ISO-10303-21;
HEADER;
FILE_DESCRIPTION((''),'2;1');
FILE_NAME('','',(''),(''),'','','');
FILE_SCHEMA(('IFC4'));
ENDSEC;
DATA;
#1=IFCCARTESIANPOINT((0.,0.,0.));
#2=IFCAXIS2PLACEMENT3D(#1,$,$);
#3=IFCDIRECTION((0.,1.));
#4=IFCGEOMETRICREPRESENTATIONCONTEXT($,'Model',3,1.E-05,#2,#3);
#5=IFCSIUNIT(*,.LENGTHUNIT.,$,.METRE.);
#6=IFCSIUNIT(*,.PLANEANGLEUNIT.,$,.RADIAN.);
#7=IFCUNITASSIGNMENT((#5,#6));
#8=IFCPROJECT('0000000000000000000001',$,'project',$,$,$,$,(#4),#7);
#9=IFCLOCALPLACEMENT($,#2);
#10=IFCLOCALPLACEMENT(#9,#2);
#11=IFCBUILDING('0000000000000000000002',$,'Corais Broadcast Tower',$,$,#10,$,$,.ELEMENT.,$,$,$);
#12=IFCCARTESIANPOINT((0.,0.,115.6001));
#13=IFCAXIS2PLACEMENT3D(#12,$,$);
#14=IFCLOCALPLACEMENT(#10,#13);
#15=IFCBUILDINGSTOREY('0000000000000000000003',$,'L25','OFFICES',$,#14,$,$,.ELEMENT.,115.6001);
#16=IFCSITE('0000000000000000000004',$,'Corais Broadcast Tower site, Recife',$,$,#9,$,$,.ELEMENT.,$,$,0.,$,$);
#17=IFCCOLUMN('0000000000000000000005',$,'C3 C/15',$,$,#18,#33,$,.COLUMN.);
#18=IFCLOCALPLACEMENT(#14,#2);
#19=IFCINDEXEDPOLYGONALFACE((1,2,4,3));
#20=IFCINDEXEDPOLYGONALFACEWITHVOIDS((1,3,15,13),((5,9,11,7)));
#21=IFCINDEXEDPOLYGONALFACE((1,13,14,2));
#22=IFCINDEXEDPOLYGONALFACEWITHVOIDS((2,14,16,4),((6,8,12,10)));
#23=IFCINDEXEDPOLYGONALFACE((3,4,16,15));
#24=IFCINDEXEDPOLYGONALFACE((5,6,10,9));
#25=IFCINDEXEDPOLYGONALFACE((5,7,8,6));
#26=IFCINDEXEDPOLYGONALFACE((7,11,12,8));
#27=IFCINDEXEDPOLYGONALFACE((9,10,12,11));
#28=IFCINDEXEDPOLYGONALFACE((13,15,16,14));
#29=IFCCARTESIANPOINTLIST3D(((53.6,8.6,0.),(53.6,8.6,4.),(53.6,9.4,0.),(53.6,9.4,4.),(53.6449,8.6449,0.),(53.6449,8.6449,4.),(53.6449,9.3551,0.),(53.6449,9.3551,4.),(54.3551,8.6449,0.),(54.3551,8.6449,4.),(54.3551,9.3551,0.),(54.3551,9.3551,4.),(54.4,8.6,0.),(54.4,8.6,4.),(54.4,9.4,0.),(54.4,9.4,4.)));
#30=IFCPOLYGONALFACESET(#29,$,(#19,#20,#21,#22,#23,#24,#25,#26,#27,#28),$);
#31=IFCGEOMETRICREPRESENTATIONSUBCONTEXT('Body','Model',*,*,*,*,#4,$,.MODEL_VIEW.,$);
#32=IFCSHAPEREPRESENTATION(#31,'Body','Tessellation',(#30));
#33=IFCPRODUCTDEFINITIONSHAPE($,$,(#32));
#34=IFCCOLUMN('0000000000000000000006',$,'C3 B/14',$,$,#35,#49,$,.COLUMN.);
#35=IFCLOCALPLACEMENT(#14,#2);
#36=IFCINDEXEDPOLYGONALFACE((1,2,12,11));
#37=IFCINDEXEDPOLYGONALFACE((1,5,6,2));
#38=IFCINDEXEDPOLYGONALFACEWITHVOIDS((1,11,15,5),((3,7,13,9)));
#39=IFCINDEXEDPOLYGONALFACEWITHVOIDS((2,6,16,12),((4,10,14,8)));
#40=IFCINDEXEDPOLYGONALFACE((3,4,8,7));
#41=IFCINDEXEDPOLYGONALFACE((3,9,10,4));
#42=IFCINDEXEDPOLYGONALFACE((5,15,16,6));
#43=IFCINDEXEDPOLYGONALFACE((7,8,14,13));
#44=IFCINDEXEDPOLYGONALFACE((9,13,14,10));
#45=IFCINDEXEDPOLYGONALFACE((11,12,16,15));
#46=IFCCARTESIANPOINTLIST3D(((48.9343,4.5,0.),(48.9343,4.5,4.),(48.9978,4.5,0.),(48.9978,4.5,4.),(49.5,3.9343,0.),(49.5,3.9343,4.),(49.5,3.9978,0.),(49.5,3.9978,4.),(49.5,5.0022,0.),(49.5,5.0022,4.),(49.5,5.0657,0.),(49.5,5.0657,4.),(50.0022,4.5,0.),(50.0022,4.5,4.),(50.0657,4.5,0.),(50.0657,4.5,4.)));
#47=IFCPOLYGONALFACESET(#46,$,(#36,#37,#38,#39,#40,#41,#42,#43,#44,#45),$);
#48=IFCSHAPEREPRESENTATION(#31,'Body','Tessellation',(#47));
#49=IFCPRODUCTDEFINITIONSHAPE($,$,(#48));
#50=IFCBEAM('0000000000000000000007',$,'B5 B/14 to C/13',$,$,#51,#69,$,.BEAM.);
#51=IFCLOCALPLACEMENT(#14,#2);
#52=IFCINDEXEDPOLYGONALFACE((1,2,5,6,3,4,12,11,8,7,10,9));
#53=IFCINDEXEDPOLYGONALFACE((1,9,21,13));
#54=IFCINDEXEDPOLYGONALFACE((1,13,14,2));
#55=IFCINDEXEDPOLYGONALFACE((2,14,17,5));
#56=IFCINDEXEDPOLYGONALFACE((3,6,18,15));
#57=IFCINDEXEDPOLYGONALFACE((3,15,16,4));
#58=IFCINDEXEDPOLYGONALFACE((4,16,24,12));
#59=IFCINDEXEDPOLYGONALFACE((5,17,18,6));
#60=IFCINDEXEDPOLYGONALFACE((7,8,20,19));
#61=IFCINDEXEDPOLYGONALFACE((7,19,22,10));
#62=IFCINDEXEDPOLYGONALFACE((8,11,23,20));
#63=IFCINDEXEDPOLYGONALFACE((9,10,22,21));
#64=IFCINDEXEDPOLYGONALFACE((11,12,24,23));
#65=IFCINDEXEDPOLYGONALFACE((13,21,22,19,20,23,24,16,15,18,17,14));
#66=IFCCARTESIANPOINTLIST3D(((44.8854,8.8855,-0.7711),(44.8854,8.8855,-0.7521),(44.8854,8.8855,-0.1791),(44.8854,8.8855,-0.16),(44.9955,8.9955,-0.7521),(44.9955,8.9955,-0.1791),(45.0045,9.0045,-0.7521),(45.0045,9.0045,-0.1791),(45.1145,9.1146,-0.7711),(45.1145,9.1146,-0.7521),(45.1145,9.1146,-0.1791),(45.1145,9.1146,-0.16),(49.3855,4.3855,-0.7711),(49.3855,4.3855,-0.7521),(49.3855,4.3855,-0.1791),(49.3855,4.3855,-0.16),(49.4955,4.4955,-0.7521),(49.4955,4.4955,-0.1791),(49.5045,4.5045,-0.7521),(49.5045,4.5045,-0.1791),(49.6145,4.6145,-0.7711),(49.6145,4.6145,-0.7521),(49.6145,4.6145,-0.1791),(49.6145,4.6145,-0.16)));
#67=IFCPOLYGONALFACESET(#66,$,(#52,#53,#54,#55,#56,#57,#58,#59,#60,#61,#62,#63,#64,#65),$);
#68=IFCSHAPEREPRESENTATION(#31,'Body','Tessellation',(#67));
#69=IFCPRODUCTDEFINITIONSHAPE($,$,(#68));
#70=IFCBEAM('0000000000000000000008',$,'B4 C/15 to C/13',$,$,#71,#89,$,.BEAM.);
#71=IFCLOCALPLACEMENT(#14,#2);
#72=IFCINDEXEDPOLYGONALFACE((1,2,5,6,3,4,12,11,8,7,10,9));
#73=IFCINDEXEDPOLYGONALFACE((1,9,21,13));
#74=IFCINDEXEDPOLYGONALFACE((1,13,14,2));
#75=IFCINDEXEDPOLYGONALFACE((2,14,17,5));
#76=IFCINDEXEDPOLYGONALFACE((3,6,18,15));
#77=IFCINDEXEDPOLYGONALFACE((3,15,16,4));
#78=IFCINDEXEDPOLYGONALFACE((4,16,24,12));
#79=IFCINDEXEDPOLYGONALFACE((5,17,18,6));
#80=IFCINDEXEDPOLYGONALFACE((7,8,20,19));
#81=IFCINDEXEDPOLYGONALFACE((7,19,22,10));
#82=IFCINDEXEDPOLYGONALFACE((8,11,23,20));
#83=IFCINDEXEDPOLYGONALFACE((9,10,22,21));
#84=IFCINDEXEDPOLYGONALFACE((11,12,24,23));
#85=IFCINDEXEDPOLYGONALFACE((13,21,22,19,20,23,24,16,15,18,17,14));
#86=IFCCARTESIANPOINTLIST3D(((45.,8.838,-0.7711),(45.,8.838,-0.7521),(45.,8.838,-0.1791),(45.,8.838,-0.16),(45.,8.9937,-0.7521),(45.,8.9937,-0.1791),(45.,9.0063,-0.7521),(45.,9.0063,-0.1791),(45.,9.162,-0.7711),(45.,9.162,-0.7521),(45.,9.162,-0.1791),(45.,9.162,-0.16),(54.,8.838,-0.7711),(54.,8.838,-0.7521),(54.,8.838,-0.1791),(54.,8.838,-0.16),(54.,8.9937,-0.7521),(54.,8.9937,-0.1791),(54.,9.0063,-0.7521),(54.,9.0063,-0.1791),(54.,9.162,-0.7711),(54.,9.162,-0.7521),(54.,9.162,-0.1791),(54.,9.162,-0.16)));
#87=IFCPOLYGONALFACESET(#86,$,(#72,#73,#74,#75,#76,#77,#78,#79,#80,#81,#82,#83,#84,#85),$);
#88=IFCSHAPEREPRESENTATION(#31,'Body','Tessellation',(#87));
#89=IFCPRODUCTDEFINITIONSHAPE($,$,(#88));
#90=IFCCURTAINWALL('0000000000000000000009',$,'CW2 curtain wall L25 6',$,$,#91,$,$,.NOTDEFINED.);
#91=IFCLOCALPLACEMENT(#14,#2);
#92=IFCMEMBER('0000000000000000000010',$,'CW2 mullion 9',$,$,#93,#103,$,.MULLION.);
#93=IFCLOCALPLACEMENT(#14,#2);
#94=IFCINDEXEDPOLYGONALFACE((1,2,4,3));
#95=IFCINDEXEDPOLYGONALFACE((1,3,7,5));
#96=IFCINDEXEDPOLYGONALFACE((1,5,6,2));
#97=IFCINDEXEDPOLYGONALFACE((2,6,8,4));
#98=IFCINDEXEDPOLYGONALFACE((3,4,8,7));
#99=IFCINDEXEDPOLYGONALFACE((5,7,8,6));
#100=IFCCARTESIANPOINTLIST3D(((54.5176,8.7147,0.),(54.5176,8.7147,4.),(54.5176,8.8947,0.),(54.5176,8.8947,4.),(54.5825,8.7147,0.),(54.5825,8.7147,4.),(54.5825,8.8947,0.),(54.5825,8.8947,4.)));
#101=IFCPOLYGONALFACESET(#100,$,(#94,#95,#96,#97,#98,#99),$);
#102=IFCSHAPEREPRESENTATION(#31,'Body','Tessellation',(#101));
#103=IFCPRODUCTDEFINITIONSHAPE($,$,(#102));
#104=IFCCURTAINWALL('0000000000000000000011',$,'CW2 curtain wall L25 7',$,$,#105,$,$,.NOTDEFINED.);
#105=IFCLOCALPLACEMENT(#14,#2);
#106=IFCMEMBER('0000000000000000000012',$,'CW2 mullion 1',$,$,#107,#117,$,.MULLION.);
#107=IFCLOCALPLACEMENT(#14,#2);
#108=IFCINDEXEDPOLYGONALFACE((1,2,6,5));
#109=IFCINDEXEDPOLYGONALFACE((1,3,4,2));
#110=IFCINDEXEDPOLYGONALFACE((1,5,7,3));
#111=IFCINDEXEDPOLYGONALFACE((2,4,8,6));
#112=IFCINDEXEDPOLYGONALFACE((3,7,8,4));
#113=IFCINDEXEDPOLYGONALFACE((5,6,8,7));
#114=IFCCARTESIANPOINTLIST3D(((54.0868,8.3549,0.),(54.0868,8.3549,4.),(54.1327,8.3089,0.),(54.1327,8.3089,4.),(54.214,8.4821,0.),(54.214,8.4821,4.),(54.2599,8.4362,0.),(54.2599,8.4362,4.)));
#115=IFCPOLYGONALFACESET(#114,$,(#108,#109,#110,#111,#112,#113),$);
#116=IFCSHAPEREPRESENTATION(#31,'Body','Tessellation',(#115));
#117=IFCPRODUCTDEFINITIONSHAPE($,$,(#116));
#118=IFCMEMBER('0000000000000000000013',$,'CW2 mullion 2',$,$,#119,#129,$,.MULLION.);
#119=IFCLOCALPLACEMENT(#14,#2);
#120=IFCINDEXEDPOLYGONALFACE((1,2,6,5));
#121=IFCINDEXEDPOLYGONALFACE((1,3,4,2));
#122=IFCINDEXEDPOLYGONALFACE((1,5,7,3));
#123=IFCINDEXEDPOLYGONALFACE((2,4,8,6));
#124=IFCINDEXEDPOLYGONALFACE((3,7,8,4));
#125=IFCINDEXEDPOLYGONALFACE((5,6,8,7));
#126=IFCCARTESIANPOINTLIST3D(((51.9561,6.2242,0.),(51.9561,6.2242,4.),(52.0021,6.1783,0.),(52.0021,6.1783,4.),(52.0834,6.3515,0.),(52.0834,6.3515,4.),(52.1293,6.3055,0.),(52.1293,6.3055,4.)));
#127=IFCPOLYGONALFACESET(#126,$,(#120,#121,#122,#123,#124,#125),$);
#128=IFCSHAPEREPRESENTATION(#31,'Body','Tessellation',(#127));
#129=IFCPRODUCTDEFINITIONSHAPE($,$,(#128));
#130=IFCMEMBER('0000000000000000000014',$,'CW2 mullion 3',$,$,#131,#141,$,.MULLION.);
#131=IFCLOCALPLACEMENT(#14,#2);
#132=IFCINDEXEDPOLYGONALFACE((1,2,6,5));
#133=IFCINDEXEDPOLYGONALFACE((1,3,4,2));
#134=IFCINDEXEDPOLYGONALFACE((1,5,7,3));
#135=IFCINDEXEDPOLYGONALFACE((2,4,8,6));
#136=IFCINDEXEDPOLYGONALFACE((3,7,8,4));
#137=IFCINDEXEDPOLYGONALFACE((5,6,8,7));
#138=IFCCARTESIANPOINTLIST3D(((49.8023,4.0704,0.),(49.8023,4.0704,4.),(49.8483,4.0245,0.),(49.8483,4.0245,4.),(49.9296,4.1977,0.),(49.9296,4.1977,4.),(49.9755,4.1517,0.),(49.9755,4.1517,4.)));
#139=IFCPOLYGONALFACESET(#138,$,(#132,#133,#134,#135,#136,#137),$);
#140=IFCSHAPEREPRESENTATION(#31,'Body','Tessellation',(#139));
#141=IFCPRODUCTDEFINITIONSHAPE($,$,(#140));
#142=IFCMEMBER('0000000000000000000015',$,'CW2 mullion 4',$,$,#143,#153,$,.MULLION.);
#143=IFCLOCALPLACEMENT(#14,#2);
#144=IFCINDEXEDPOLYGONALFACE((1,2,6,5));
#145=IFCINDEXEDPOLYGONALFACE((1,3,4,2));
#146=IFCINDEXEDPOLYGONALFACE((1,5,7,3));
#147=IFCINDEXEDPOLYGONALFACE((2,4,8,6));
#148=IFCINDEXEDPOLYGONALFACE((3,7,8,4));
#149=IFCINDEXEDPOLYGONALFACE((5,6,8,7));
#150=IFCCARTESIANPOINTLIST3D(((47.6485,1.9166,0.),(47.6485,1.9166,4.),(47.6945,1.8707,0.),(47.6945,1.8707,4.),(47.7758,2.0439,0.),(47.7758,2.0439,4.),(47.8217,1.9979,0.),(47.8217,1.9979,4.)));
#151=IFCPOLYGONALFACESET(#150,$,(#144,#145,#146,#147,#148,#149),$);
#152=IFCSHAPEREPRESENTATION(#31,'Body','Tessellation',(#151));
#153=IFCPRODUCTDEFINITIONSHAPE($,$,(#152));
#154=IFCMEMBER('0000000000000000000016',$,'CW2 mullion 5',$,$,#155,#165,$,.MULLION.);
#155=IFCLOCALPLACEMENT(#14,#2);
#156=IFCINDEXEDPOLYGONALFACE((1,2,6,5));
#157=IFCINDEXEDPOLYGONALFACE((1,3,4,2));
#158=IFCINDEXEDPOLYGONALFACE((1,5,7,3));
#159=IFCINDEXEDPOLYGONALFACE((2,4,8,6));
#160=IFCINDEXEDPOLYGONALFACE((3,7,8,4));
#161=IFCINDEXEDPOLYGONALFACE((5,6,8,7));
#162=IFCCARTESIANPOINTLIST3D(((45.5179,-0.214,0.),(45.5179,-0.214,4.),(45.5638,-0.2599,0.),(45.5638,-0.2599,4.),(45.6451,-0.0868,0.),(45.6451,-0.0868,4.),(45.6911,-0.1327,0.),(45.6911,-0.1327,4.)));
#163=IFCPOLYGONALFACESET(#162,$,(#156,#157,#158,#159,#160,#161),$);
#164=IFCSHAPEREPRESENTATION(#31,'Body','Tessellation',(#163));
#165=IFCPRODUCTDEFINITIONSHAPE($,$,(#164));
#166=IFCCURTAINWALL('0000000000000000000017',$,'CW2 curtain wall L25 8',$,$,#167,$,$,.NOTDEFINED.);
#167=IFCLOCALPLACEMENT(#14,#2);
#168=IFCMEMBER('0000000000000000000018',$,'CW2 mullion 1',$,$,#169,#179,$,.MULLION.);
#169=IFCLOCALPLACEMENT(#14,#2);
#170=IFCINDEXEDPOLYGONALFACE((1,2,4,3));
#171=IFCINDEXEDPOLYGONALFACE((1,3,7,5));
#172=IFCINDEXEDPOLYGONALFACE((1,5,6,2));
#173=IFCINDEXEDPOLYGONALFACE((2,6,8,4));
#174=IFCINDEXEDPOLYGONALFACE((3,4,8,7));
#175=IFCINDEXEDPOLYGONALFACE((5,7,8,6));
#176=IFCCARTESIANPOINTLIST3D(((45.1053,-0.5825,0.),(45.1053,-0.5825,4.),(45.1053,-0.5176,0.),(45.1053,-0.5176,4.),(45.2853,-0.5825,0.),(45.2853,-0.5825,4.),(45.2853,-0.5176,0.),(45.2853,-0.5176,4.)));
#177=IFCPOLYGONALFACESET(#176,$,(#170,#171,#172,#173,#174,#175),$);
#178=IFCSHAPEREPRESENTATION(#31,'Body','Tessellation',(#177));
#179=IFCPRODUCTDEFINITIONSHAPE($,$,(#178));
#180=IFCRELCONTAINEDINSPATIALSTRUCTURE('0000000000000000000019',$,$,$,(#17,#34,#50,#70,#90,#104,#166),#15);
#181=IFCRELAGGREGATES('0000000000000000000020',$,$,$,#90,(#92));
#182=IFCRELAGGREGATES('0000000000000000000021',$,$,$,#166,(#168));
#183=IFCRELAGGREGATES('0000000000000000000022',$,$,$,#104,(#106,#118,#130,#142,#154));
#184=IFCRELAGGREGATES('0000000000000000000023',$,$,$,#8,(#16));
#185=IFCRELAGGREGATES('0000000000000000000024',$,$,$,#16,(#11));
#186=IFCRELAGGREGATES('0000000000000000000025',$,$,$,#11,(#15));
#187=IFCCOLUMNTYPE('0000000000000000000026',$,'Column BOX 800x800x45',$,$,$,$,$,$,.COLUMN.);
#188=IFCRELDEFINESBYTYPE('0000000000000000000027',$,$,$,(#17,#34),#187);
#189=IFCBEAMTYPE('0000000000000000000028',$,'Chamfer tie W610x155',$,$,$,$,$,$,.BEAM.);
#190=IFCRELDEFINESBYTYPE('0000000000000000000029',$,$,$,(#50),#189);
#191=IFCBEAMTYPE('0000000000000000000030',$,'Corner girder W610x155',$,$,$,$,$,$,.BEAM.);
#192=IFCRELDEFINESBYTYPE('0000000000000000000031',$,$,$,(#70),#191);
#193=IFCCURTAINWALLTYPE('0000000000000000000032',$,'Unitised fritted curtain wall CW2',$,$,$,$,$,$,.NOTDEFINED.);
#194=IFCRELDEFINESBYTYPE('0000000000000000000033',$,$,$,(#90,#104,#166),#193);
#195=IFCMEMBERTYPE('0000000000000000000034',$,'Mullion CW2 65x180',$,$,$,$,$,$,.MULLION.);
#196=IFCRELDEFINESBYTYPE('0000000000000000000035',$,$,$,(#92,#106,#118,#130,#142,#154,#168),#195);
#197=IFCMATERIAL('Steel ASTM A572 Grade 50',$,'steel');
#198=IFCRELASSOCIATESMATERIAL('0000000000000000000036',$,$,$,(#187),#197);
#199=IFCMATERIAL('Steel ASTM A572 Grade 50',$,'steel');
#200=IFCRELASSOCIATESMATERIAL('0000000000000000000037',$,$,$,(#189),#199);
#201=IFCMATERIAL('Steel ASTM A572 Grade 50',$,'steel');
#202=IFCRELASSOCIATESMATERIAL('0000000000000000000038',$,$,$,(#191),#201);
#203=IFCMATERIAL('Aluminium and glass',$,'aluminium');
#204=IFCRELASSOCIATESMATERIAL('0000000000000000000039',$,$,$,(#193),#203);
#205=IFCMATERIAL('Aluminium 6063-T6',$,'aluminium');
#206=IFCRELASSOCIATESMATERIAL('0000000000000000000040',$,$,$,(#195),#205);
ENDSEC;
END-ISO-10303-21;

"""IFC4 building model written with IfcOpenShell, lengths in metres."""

from ifc_helpers import new_model, si_unit, direction, frame, origin, origin_2d, place, context, subcontext, project, spatial, rectangle, hollow_rectangle, i_section, extrude, material, material_profile, profile_set, type_object, element, aggregate, save


model = new_model("IFC4")

# Units and contexts
model_context = context("Model", 3, precision=1e-05, world=origin(), true_north=direction((0.0, 1.0)))
body_context = subcontext(model_context, "Body", "Model", "MODEL_VIEW")
ifc_project = project(units=[si_unit("LENGTHUNIT", "METRE"), si_unit("PLANEANGLEUNIT", "RADIAN")], contexts=[model_context])

# Site, building, storey
site_placement = place(None, origin())
site = spatial("IfcSite", under=ifc_project, at=site_placement, Name="Corais Broadcast Tower site, Recife", CompositionType="ELEMENT", RefElevation=0.0)
building_placement = place(site_placement, origin())
building = spatial("IfcBuilding", under=site, at=building_placement, Name="Corais Broadcast Tower", CompositionType="ELEMENT")
storey_placement = place(building_placement, frame((0.0, 0.0, 115.6001)))
storey = spatial("IfcBuildingStorey", under=building, at=storey_placement, Name="L25", Description="OFFICES", CompositionType="ELEMENT", Elevation=115.6001)

# Columns
ifc_material_1 = material(Name="Steel ASTM A572 Grade 50", Category="steel")
ifc_material_profile_1 = material_profile(ifc_material_1, hollow_rectangle(XDim=0.8, YDim=0.8, WallThickness=0.0449, at=origin_2d()), Name="BOX 800x800x45")
ifc_profile_set_1 = profile_set([ifc_material_profile_1], Name="Steel ASTM A572 Grade 50")
column_type = type_object("IfcColumnType", Name="Column BOX 800x800x45", PredefinedType="COLUMN", material=ifc_profile_set_1)
for number, where, z_axis, x_axis, name in (
    (1, (54.0, 9.0, 0.0), (0.0, 0.0, 1.0), (1.0, 0.0, 0.0), "C3 C/15"),
    (2, (49.5, 4.5, 0.0), (0.0, 0.0, 1.0), (0.707107, 0.707107, 0.0), "C3 B/14"),
):
    element("IfcColumn", number, at=place(storey_placement, frame(where, z_axis=z_axis, x_axis=x_axis)), inside=storey, type_object=column_type, Name=name, PredefinedType="COLUMN", context=body_context, shape_type="SweptSolid", body=[
        extrude(hollow_rectangle(XDim=0.8, YDim=0.8, WallThickness=0.0449, at=origin_2d()), origin(), (0.0, 0.0, 1.0), 4.0),
    ])

# Beams
ifc_material_2 = material(Name="Steel ASTM A572 Grade 50", Category="steel")
ifc_material_profile_2 = material_profile(ifc_material_2, i_section(OverallWidth=0.324, OverallDepth=0.6111, WebThickness=0.0127, FlangeThickness=0.019, at=origin_2d()), Name="W610x155")
ifc_profile_set_2 = profile_set([ifc_material_profile_2], Name="Steel ASTM A572 Grade 50")
beam_type_1 = type_object("IfcBeamType", Name="Chamfer tie W610x155", PredefinedType="BEAM", material=ifc_profile_set_2)
beam_1_placement = place(storey_placement, frame((49.5, 4.5, -0.4656), z_axis=(-0.707107, 0.707107, 0.0), x_axis=(-0.707107, -0.707107, 0.0)))
element("IfcBeam", 3, at=beam_1_placement, inside=storey, type_object=beam_type_1, Name="B5 B/14 to C/13", PredefinedType="BEAM", context=body_context, shape_type="SweptSolid", body=[
    extrude(i_section(OverallWidth=0.324, OverallDepth=0.6111, WebThickness=0.0127, FlangeThickness=0.019, at=origin_2d()), origin(), (0.0, 0.0, 1.0), 6.364),
])
ifc_material_3 = material(Name="Steel ASTM A572 Grade 50", Category="steel")
ifc_material_profile_3 = material_profile(ifc_material_3, i_section(OverallWidth=0.324, OverallDepth=0.6111, WebThickness=0.0127, FlangeThickness=0.019, at=origin_2d()), Name="W610x155")
ifc_profile_set_3 = profile_set([ifc_material_profile_3], Name="Steel ASTM A572 Grade 50")
beam_type_2 = type_object("IfcBeamType", Name="Corner girder W610x155", PredefinedType="BEAM", material=ifc_profile_set_3)
beam_2_placement = place(storey_placement, frame((54.0, 9.0, -0.4656), z_axis=(-1.0, 0.0, 0.0), x_axis=(0.0, -1.0, 0.0)))
element("IfcBeam", 4, at=beam_2_placement, inside=storey, type_object=beam_type_2, Name="B4 C/15 to C/13", PredefinedType="BEAM", context=body_context, shape_type="SweptSolid", body=[
    extrude(i_section(OverallWidth=0.324, OverallDepth=0.6111, WebThickness=0.0127, FlangeThickness=0.019, at=origin_2d()), origin(), (0.0, 0.0, 1.0), 9.0),
])

# Curtain wall, member
ifc_material_4 = material(Name="Aluminium and glass", Category="aluminium")
curtain_wall_type = type_object("IfcCurtainWallType", Name="Unitised fritted curtain wall CW2", PredefinedType="NOTDEFINED", material=ifc_material_4)
curtain_wall_1_placement = place(storey_placement, origin())
curtain_wall_1 = element("IfcCurtainWall", 5, at=curtain_wall_1_placement, inside=storey, type_object=curtain_wall_type, Name="CW2 curtain wall L25 6", PredefinedType="NOTDEFINED")
ifc_material_5 = material(Name="Aluminium 6063-T6", Category="aluminium")
ifc_material_profile_4 = material_profile(ifc_material_5, rectangle(XDim=0.0649, YDim=0.1799, at=origin_2d()), Name="Mullion CW2 65x180")
ifc_profile_set_4 = profile_set([ifc_material_profile_4], Name="Aluminium 6063-T6")
member_type_1 = type_object("IfcMemberType", Name="Mullion CW2 65x180", PredefinedType="MULLION", material=ifc_profile_set_4)
member_1_placement = place(storey_placement, frame((54.55, 8.8047, 0.0), z_axis=(0.0, 0.0, 1.0), x_axis=(1.0, 0.0, 0.0)))
member_1 = element("IfcMember", 6, at=member_1_placement, type_object=member_type_1, Name="CW2 mullion 9", PredefinedType="MULLION", context=body_context, shape_type="SweptSolid", body=[
    extrude(rectangle(XDim=0.0649, YDim=0.1799, at=origin_2d()), origin(), (0.0, 0.0, 1.0), 4.0),
])
aggregate(curtain_wall_1, [member_1])

# Curtain wall, members
curtain_wall_2_placement = place(storey_placement, origin())
curtain_wall_2 = element("IfcCurtainWall", 7, at=curtain_wall_2_placement, inside=storey, type_object=curtain_wall_type, Name="CW2 curtain wall L25 7", PredefinedType="NOTDEFINED")
member_2_placement = place(storey_placement, frame((54.1733, 8.3955, 0.0), z_axis=(0.0, 0.0, 1.0), x_axis=(0.707107, -0.707107, 0.0)))
member_2 = element("IfcMember", 8, at=member_2_placement, type_object=member_type_1, Name="CW2 mullion 1", PredefinedType="MULLION", context=body_context, shape_type="SweptSolid", body=[
    extrude(rectangle(XDim=0.0649, YDim=0.1799, at=origin_2d()), origin(), (0.0, 0.0, 1.0), 4.0),
])
member_3_placement = place(storey_placement, frame((52.0427, 6.2649, 0.0), z_axis=(0.0, 0.0, 1.0), x_axis=(0.707107, -0.707107, 0.0)))
member_3 = element("IfcMember", 9, at=member_3_placement, type_object=member_type_1, Name="CW2 mullion 2", PredefinedType="MULLION", context=body_context, shape_type="SweptSolid", body=[
    extrude(rectangle(XDim=0.0649, YDim=0.1799, at=origin_2d()), origin(), (0.0, 0.0, 1.0), 4.0),
])
member_4_placement = place(storey_placement, frame((49.8889, 4.1111, 0.0), z_axis=(0.0, 0.0, 1.0), x_axis=(0.707107, -0.707107, 0.0)))
member_4 = element("IfcMember", 10, at=member_4_placement, type_object=member_type_1, Name="CW2 mullion 3", PredefinedType="MULLION", context=body_context, shape_type="SweptSolid", body=[
    extrude(rectangle(XDim=0.0649, YDim=0.1799, at=origin_2d()), origin(), (0.0, 0.0, 1.0), 4.0),
])
member_5_placement = place(storey_placement, frame((47.7351, 1.9573, 0.0), z_axis=(0.0, 0.0, 1.0), x_axis=(0.707107, -0.707107, 0.0)))
member_5 = element("IfcMember", 11, at=member_5_placement, type_object=member_type_1, Name="CW2 mullion 4", PredefinedType="MULLION", context=body_context, shape_type="SweptSolid", body=[
    extrude(rectangle(XDim=0.0649, YDim=0.1799, at=origin_2d()), origin(), (0.0, 0.0, 1.0), 4.0),
])
member_6_placement = place(storey_placement, frame((45.6045, -0.1733, 0.0), z_axis=(0.0, 0.0, 1.0), x_axis=(0.707107, -0.707107, 0.0)))
member_6 = element("IfcMember", 12, at=member_6_placement, type_object=member_type_1, Name="CW2 mullion 5", PredefinedType="MULLION", context=body_context, shape_type="SweptSolid", body=[
    extrude(rectangle(XDim=0.0649, YDim=0.1799, at=origin_2d()), origin(), (0.0, 0.0, 1.0), 4.0),
])

# Curtain wall, member
curtain_wall_3_placement = place(storey_placement, origin())
curtain_wall_3 = element("IfcCurtainWall", 13, at=curtain_wall_3_placement, inside=storey, type_object=curtain_wall_type, Name="CW2 curtain wall L25 8", PredefinedType="NOTDEFINED")
member_7_placement = place(storey_placement, frame((45.1953, -0.55, 0.0), z_axis=(0.0, 0.0, 1.0), x_axis=(0.0, -1.0, 0.0)))
member_7 = element("IfcMember", 14, at=member_7_placement, type_object=member_type_1, Name="CW2 mullion 1", PredefinedType="MULLION", context=body_context, shape_type="SweptSolid", body=[
    extrude(rectangle(XDim=0.0649, YDim=0.1799, at=origin_2d()), origin(), (0.0, 0.0, 1.0), 4.0),
])

aggregate(curtain_wall_3, [member_7])

aggregate(curtain_wall_2, [member_2, member_3, member_4, member_5, member_6])

save(model, "model.ifc")
